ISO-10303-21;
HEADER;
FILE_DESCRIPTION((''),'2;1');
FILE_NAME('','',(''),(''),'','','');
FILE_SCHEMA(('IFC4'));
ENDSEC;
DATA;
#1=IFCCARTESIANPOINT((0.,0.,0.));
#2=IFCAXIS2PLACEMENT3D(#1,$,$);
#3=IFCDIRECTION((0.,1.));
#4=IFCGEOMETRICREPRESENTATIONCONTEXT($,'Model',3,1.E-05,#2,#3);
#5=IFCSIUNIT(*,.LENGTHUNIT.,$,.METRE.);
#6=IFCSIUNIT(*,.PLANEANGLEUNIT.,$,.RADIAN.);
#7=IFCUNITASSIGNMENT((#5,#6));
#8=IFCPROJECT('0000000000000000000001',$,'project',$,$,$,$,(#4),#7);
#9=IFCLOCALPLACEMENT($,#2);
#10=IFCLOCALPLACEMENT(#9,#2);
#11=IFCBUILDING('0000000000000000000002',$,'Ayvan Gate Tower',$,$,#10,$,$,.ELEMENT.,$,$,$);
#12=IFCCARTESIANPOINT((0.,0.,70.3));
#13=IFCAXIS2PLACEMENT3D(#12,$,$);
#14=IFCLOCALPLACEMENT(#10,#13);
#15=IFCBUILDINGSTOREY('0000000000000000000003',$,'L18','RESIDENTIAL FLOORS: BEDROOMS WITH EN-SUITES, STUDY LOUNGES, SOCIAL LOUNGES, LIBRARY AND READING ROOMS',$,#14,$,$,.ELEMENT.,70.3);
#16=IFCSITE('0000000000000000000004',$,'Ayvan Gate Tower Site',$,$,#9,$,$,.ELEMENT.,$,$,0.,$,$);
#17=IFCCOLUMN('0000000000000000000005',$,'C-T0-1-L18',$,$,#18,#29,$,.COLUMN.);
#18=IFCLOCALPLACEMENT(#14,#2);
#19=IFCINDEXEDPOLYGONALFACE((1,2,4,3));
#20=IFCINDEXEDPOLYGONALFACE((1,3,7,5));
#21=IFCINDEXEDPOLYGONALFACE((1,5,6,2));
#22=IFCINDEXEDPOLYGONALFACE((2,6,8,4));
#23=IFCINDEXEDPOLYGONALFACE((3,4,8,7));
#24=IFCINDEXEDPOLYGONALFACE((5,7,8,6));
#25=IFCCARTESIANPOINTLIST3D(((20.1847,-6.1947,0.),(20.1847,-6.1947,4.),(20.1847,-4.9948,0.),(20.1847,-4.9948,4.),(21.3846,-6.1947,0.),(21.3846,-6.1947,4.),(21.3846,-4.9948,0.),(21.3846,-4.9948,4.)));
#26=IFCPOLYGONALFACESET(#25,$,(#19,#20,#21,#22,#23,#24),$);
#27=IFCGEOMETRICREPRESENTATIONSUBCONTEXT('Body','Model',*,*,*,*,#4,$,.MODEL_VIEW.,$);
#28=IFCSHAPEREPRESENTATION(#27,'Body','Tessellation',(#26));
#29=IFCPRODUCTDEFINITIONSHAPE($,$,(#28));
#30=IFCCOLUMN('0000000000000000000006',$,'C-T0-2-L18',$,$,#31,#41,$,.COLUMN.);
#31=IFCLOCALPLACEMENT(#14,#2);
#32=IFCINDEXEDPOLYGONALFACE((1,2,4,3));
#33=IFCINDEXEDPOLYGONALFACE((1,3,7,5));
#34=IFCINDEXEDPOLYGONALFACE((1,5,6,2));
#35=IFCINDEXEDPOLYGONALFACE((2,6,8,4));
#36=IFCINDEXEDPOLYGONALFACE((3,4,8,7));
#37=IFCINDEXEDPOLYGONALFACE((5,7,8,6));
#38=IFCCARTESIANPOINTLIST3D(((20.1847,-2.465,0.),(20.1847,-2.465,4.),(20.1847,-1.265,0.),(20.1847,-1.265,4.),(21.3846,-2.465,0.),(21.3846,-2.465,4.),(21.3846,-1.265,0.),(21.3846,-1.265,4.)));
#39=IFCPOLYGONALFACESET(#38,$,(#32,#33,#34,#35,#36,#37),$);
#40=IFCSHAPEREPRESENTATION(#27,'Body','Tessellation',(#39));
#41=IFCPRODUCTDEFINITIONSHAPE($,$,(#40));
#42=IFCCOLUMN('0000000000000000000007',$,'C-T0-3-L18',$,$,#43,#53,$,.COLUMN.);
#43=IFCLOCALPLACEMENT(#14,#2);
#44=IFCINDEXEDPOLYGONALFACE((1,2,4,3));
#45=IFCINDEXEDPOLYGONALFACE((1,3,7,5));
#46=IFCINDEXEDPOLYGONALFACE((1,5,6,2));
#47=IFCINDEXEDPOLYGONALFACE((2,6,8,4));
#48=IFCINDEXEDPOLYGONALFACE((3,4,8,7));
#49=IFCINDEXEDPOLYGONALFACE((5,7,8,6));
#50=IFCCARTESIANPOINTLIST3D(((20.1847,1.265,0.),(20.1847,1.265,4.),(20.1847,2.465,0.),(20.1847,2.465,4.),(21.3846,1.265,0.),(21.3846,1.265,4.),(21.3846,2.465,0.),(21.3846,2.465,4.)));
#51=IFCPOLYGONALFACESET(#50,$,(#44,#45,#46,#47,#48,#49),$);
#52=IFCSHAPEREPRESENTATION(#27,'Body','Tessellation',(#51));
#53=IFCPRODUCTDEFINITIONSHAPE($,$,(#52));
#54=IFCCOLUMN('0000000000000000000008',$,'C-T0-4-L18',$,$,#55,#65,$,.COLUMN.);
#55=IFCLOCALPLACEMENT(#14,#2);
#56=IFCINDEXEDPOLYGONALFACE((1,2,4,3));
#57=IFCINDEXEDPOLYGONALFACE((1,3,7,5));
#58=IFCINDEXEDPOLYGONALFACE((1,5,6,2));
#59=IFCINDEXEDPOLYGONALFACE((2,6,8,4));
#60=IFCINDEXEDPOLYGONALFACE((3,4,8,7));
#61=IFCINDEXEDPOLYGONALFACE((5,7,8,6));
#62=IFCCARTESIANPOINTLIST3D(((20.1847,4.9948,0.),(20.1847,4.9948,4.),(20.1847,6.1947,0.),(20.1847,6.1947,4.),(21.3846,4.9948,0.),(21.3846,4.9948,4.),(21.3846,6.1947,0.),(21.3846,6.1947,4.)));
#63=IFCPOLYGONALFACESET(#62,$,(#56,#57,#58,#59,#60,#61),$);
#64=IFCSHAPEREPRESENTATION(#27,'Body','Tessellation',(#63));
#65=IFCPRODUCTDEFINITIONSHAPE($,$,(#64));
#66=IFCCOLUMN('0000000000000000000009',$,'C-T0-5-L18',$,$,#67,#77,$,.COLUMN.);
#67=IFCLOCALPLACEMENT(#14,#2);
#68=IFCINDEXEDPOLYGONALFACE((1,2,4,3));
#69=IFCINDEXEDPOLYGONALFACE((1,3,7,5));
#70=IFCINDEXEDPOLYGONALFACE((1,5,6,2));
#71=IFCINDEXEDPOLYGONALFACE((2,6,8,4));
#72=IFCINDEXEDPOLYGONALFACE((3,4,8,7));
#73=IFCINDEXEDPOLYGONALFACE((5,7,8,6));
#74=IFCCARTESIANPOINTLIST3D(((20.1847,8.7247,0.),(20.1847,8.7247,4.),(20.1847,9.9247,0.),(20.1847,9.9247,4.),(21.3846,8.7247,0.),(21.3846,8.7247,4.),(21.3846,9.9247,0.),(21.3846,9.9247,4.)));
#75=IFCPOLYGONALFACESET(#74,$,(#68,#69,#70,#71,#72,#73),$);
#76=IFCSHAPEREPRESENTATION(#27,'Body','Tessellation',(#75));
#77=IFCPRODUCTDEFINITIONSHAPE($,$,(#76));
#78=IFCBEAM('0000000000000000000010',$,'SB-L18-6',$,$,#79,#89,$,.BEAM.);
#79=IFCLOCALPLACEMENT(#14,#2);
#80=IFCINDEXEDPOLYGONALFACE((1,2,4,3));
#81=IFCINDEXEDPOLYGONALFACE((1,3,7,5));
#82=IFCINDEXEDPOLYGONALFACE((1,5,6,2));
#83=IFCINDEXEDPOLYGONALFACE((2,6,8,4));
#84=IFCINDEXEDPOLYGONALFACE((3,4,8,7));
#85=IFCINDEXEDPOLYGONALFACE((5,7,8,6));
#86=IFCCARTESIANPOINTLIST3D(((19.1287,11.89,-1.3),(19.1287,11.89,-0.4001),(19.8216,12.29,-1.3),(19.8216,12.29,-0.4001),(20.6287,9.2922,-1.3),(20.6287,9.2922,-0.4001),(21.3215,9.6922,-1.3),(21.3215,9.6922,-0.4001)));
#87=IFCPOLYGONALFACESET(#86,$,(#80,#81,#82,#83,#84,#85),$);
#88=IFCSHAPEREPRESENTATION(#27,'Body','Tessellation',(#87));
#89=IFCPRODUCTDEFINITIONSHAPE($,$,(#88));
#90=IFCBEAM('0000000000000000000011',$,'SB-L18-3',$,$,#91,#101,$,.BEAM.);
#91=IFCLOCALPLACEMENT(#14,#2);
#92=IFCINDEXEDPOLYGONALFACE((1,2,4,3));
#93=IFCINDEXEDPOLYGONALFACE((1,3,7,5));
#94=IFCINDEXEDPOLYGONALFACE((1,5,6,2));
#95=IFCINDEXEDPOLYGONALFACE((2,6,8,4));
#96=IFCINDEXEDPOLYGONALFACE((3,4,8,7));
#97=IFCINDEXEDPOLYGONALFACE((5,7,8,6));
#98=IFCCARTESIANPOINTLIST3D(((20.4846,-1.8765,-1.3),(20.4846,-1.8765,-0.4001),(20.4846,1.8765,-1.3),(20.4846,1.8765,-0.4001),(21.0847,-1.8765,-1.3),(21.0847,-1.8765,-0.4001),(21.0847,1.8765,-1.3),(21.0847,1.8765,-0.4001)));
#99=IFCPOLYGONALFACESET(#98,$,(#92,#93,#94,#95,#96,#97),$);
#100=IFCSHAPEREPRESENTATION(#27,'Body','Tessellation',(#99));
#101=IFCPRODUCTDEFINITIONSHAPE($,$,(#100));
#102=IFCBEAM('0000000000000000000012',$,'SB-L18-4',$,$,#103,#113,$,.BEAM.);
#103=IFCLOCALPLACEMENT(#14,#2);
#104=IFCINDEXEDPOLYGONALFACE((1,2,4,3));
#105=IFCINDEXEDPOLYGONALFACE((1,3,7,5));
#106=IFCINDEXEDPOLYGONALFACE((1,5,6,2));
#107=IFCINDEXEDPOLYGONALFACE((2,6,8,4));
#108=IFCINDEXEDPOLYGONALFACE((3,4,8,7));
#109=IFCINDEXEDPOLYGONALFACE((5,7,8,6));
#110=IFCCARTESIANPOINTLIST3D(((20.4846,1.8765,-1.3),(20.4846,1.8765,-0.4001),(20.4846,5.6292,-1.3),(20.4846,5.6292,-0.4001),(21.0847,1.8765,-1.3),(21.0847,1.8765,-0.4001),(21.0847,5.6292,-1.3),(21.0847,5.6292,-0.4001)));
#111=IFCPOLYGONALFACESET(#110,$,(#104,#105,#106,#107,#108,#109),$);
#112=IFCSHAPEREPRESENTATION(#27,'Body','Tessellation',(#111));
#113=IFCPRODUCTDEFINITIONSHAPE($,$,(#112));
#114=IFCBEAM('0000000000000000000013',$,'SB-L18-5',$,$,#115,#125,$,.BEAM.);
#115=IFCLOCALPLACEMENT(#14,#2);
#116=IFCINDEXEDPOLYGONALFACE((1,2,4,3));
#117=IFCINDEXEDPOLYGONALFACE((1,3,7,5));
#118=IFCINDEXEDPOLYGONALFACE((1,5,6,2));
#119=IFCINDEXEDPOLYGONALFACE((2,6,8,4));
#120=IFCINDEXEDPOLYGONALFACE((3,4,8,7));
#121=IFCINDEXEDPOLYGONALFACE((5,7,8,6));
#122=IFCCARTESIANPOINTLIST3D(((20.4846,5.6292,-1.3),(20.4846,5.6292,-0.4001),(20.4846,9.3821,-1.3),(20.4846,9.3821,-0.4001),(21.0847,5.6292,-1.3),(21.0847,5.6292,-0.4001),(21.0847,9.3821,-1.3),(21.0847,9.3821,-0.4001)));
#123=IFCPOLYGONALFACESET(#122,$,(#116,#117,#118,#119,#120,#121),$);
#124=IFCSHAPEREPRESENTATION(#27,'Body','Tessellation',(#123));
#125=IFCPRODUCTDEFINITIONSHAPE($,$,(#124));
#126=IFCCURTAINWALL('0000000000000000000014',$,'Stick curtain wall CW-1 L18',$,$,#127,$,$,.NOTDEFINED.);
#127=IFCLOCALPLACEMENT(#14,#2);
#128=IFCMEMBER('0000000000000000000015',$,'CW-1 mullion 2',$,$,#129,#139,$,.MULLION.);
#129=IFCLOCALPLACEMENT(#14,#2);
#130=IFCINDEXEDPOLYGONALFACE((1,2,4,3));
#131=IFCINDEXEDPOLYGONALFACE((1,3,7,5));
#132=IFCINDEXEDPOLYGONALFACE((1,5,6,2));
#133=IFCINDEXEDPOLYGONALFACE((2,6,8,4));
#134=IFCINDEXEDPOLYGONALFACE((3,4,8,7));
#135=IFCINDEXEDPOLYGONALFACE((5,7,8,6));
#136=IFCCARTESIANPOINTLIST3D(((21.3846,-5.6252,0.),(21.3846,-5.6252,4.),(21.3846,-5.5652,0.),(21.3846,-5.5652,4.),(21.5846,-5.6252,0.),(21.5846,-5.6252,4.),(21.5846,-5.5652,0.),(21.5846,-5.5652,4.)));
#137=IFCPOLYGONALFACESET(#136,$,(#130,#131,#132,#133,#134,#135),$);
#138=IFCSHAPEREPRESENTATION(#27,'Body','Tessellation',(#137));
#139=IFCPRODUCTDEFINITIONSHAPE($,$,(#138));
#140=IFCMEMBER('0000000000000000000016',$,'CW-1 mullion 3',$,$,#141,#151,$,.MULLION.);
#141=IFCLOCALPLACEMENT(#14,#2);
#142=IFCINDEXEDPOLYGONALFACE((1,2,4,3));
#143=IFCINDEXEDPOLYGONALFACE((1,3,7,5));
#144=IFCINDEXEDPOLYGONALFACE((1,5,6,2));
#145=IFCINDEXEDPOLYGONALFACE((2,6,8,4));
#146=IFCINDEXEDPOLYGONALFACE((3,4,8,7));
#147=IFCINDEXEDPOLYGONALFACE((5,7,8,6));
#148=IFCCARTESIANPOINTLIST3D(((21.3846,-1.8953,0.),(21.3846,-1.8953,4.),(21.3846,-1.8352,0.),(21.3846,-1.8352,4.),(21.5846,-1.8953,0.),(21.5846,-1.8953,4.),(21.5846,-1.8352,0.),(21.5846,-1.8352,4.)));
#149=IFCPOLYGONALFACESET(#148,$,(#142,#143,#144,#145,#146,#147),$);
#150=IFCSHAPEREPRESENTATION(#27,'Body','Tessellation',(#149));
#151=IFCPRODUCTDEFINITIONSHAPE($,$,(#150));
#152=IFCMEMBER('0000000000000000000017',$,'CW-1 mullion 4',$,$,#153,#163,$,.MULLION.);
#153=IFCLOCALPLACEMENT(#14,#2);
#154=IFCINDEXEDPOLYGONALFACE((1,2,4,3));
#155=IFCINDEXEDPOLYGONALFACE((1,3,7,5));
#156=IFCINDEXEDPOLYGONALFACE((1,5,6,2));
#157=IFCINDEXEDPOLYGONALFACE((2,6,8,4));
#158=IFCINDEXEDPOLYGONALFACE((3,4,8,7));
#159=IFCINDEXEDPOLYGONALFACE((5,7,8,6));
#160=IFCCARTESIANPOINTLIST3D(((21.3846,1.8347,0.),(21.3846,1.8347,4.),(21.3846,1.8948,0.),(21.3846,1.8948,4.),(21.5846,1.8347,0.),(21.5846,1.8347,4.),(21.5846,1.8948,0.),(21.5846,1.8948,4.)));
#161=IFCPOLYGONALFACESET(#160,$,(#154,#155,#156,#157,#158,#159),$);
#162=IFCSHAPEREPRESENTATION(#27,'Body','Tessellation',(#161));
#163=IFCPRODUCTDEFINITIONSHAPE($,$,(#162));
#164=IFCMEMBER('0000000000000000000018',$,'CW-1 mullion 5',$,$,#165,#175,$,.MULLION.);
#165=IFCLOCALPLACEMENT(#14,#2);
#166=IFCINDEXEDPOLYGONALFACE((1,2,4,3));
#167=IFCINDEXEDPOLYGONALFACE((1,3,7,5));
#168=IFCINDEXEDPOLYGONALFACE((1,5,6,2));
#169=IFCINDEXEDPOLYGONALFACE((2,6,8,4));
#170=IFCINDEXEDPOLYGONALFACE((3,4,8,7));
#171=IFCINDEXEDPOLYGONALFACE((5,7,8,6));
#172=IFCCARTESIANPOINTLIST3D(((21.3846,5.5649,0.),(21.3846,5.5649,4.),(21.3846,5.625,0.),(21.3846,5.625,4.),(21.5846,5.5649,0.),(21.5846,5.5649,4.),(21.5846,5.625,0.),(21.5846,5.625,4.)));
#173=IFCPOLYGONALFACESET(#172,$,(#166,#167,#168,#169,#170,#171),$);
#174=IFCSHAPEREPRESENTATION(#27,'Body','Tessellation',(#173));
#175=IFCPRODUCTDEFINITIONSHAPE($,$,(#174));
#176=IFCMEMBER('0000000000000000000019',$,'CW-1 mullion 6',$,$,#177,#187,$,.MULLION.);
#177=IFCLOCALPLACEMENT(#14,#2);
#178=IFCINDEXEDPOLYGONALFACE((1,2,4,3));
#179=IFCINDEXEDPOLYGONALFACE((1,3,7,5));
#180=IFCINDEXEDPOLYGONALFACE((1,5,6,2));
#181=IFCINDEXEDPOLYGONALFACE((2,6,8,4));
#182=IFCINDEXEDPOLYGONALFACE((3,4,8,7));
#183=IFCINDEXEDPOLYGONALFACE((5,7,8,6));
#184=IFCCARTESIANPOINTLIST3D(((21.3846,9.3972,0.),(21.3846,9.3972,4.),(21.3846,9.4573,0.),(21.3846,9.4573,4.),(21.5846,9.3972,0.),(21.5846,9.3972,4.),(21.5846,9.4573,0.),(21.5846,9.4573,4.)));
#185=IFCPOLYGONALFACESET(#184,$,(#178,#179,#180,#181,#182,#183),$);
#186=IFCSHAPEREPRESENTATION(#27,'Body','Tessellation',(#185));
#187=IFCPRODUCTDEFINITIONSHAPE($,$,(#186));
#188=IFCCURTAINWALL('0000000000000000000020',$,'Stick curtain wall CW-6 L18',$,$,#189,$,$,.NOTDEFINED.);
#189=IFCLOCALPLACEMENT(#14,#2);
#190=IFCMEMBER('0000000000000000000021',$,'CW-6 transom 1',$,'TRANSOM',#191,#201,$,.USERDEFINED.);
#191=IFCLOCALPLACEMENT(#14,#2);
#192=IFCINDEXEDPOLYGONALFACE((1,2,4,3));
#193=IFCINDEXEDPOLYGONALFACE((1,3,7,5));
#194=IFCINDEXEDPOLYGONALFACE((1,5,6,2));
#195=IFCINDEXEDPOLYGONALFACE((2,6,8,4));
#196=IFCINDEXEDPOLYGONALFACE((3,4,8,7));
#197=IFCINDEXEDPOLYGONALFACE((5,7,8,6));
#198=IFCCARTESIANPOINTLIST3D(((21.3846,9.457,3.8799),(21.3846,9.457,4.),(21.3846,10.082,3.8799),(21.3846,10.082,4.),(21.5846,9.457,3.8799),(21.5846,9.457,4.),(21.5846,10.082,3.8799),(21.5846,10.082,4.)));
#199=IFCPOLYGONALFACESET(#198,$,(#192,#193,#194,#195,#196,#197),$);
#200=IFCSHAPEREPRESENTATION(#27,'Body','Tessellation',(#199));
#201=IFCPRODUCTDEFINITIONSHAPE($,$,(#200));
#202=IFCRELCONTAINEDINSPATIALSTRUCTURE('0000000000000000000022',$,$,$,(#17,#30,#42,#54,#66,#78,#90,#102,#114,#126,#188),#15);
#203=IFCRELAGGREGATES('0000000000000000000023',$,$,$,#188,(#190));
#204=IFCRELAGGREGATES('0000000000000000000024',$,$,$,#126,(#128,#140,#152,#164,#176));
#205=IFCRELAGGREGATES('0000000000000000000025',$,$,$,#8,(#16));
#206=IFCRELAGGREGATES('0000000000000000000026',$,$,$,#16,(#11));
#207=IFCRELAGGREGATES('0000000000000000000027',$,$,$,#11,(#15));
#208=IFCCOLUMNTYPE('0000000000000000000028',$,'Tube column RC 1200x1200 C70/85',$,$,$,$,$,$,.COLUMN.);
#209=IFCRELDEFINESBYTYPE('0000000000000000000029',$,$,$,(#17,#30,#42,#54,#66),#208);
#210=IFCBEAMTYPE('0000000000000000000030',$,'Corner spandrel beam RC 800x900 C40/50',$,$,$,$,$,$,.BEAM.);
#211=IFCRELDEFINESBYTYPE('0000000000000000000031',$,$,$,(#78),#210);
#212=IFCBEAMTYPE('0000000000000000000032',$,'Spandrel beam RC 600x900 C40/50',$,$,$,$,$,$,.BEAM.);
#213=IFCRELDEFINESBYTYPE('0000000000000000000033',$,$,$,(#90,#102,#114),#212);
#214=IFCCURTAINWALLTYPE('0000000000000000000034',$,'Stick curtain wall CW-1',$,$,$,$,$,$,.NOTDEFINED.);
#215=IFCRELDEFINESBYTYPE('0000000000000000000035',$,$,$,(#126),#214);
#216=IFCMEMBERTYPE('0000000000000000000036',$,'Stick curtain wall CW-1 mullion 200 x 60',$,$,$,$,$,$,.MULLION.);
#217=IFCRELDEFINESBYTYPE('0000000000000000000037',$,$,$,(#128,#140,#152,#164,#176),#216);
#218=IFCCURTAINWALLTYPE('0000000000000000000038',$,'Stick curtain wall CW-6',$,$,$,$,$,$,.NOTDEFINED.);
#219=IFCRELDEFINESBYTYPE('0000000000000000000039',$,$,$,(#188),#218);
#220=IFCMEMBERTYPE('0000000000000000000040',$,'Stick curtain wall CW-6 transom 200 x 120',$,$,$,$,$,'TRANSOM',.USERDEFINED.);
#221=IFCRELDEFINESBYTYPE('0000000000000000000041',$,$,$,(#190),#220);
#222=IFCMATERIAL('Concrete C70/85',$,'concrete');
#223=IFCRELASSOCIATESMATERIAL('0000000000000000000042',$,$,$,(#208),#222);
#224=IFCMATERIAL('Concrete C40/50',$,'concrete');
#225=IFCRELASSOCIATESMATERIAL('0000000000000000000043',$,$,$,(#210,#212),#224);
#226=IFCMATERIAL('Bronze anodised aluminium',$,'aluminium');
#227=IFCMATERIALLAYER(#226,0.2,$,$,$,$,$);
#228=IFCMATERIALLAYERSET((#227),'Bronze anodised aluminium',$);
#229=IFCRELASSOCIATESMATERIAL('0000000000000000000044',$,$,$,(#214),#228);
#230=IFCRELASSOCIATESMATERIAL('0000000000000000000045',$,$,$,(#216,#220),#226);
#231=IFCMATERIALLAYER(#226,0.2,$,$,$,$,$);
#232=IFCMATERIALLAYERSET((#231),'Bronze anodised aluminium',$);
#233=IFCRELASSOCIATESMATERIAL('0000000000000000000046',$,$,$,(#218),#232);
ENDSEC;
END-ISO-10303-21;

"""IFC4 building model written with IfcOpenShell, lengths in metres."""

from ifc_helpers import new_model, si_unit, direction, frame, origin, origin_2d, place, context, subcontext, project, spatial, rectangle, extrude, material, layer, layer_set, material_profile, profile_set, type_object, element, aggregate, save


model = new_model("IFC4")

# Units and contexts
model_context = context("Model", 3, precision=1e-05, world=origin(), true_north=direction((0.0, 1.0)))
body_context = subcontext(model_context, "Body", "Model", "MODEL_VIEW")
ifc_project = project(units=[si_unit("LENGTHUNIT", "METRE"), si_unit("PLANEANGLEUNIT", "RADIAN")], contexts=[model_context])

# Site, building, storey
site_placement = place(None, origin())
site = spatial("IfcSite", under=ifc_project, at=site_placement, Name="Ayvan Gate Tower Site", CompositionType="ELEMENT", RefElevation=0.0)
building_placement = place(site_placement, origin())
building = spatial("IfcBuilding", under=site, at=building_placement, Name="Ayvan Gate Tower", CompositionType="ELEMENT")
storey_placement = place(building_placement, frame((0.0, 0.0, 70.3)))
storey = spatial("IfcBuildingStorey", under=building, at=storey_placement, Name="L18", Description="RESIDENTIAL FLOORS: BEDROOMS WITH EN-SUITES, STUDY LOUNGES, SOCIAL LOUNGES, LIBRARY AND READING ROOMS", CompositionType="ELEMENT", Elevation=70.3)

# Columns
ifc_material_1 = material(Name="Concrete C70/85", Category="concrete")
ifc_material_profile_1 = material_profile(ifc_material_1, rectangle(XDim=1.2, YDim=1.2, at=origin_2d()), Name="RC 1200x1200")
ifc_profile_set_1 = profile_set([ifc_material_profile_1], Name="Concrete C70/85")
column_type = type_object("IfcColumnType", Name="Tube column RC 1200x1200 C70/85", PredefinedType="COLUMN", material=ifc_profile_set_1)
for number, where, z_axis, x_axis, name in (
    (1, (20.7847, -5.5947, 0.0), (0.0, 0.0, 1.0), (1.0, 0.0, 0.0), "C-T0-1-L18"),
    (2, (20.7847, -1.865, 0.0), (0.0, 0.0, 1.0), (1.0, 0.0, 0.0), "C-T0-2-L18"),
    (3, (20.7847, 1.865, 0.0), (0.0, 0.0, 1.0), (1.0, 0.0, 0.0), "C-T0-3-L18"),
    (4, (20.7847, 5.5947, 0.0), (0.0, 0.0, 1.0), (1.0, 0.0, 0.0), "C-T0-4-L18"),
    (5, (20.7847, 9.3247, 0.0), (0.0, 0.0, 1.0), (1.0, 0.0, 0.0), "C-T0-5-L18"),
):
    element("IfcColumn", number, at=place(storey_placement, frame(where, z_axis=z_axis, x_axis=x_axis)), inside=storey, type_object=column_type, Name=name, PredefinedType="COLUMN", context=body_context, shape_type="SweptSolid", body=[
        extrude(rectangle(XDim=1.2, YDim=1.2, at=origin_2d()), origin(), (0.0, 0.0, 1.0), 4.0),
    ])

# Beams
ifc_material_2 = material(Name="Concrete C40/50", Category="concrete")
ifc_material_profile_2 = material_profile(ifc_material_2, rectangle(XDim=0.8, YDim=0.8999, at=origin_2d()), Name="RC 800x900")
ifc_profile_set_2 = profile_set([ifc_material_profile_2], Name="Concrete C40/50")
beam_type_1 = type_object("IfcBeamType", Name="Corner spandrel beam RC 800x900 C40/50", PredefinedType="BEAM", material=ifc_profile_set_2)
beam_1_placement = place(storey_placement, frame((20.9751, 9.4922, -0.8501), z_axis=(-0.500025, 0.866011, 0.0), x_axis=(-0.866011, -0.500025, 0.0)))
element("IfcBeam", 6, at=beam_1_placement, inside=storey, type_object=beam_type_1, Name="SB-L18-6", PredefinedType="BEAM", context=body_context, shape_type="SweptSolid", body=[
    extrude(rectangle(XDim=0.8, YDim=0.8999, at=origin_2d()), origin(), (0.0, 0.0, 1.0), 2.9998),
])
ifc_material_profile_3 = material_profile(ifc_material_2, rectangle(XDim=0.6001, YDim=0.8999, at=origin_2d()), Name="RC 600x900")
ifc_profile_set_3 = profile_set([ifc_material_profile_3], Name="Concrete C40/50")
beam_type_2 = type_object("IfcBeamType", Name="Spandrel beam RC 600x900 C40/50", PredefinedType="BEAM", material=ifc_profile_set_3)
beam_2_placement = place(storey_placement, frame((20.7847, -1.8765, -0.8501), z_axis=(0.0, 1.0, 0.0), x_axis=(-1.0, 0.0, 0.0)))
element("IfcBeam", 7, at=beam_2_placement, inside=storey, type_object=beam_type_2, Name="SB-L18-3", PredefinedType="BEAM", context=body_context, shape_type="SweptSolid", body=[
    extrude(rectangle(XDim=0.6001, YDim=0.8999, at=origin_2d()), origin(), (0.0, 0.0, 1.0), 3.7529),
])
beam_3_placement = place(storey_placement, frame((20.7847, 1.8765, -0.8501), z_axis=(0.0, 1.0, 0.0), x_axis=(-1.0, 0.0, 0.0)))
element("IfcBeam", 8, at=beam_3_placement, inside=storey, type_object=beam_type_2, Name="SB-L18-4", PredefinedType="BEAM", context=body_context, shape_type="SweptSolid", body=[
    extrude(rectangle(XDim=0.6001, YDim=0.8999, at=origin_2d()), origin(), (0.0, 0.0, 1.0), 3.7527),
])
beam_4_placement = place(storey_placement, frame((20.7847, 5.6292, -0.8501), z_axis=(0.0, 1.0, 0.0), x_axis=(-1.0, 0.0, 0.0)))
element("IfcBeam", 9, at=beam_4_placement, inside=storey, type_object=beam_type_2, Name="SB-L18-5", PredefinedType="BEAM", context=body_context, shape_type="SweptSolid", body=[
    extrude(rectangle(XDim=0.6001, YDim=0.8999, at=origin_2d()), origin(), (0.0, 0.0, 1.0), 3.7529),
])

# Curtain wall, members
ifc_material_3 = material(Name="Bronze anodised aluminium", Category="aluminium")
ifc_layer_1 = layer(ifc_material_3, 0.2)
ifc_layer_set_1 = layer_set([ifc_layer_1], Name="Bronze anodised aluminium")
curtain_wall_type_1 = type_object("IfcCurtainWallType", Name="Stick curtain wall CW-1", PredefinedType="NOTDEFINED", material=ifc_layer_set_1)
curtain_wall_1_placement = place(storey_placement, origin())
curtain_wall_1 = element("IfcCurtainWall", 10, at=curtain_wall_1_placement, inside=storey, type_object=curtain_wall_type_1, Name="Stick curtain wall CW-1 L18", PredefinedType="NOTDEFINED")
ifc_material_profile_4 = material_profile(ifc_material_3, rectangle(XDim=0.2, YDim=0.0601, at=origin_2d()), Name="Stick curtain wall CW-1 mullion 200 x 60")
ifc_profile_set_4 = profile_set([ifc_material_profile_4], Name="Bronze anodised aluminium")
member_type_1 = type_object("IfcMemberType", Name="Stick curtain wall CW-1 mullion 200 x 60", PredefinedType="MULLION", material=ifc_profile_set_4)
member_1_placement = place(storey_placement, frame((21.4846, -5.5952, 0.0), z_axis=(0.0, 0.0, 1.0), x_axis=(1.0, 0.0, 0.0)))
member_1 = element("IfcMember", 11, at=member_1_placement, type_object=member_type_1, Name="CW-1 mullion 2", PredefinedType="MULLION", context=body_context, shape_type="SweptSolid", body=[
    extrude(rectangle(XDim=0.2, YDim=0.0601, at=origin_2d()), origin(), (0.0, 0.0, 1.0), 4.0),
])
member_2_placement = place(storey_placement, frame((21.4846, -1.8652, 0.0), z_axis=(0.0, 0.0, 1.0), x_axis=(1.0, 0.0, 0.0)))
member_2 = element("IfcMember", 12, at=member_2_placement, type_object=member_type_1, Name="CW-1 mullion 3", PredefinedType="MULLION", context=body_context, shape_type="SweptSolid", body=[
    extrude(rectangle(XDim=0.2, YDim=0.0601, at=origin_2d()), origin(), (0.0, 0.0, 1.0), 4.0),
])
member_3_placement = place(storey_placement, frame((21.4846, 1.8647, 0.0), z_axis=(0.0, 0.0, 1.0), x_axis=(1.0, 0.0, 0.0)))
member_3 = element("IfcMember", 13, at=member_3_placement, type_object=member_type_1, Name="CW-1 mullion 4", PredefinedType="MULLION", context=body_context, shape_type="SweptSolid", body=[
    extrude(rectangle(XDim=0.2, YDim=0.0601, at=origin_2d()), origin(), (0.0, 0.0, 1.0), 4.0),
])
member_4_placement = place(storey_placement, frame((21.4846, 5.595, 0.0), z_axis=(0.0, 0.0, 1.0), x_axis=(1.0, 0.0, 0.0)))
member_4 = element("IfcMember", 14, at=member_4_placement, type_object=member_type_1, Name="CW-1 mullion 5", PredefinedType="MULLION", context=body_context, shape_type="SweptSolid", body=[
    extrude(rectangle(XDim=0.2, YDim=0.0601, at=origin_2d()), origin(), (0.0, 0.0, 1.0), 4.0),
])
member_5_placement = place(storey_placement, frame((21.4846, 9.4272, 0.0), z_axis=(0.0, 0.0, 1.0), x_axis=(1.0, 0.0, 0.0)))
member_5 = element("IfcMember", 15, at=member_5_placement, type_object=member_type_1, Name="CW-1 mullion 6", PredefinedType="MULLION", context=body_context, shape_type="SweptSolid", body=[
    extrude(rectangle(XDim=0.2, YDim=0.0601, at=origin_2d()), origin(), (0.0, 0.0, 1.0), 4.0),
])

# Curtain wall, member
ifc_layer_2 = layer(ifc_material_3, 0.2)
ifc_layer_set_2 = layer_set([ifc_layer_2], Name="Bronze anodised aluminium")
curtain_wall_type_2 = type_object("IfcCurtainWallType", Name="Stick curtain wall CW-6", PredefinedType="NOTDEFINED", material=ifc_layer_set_2)
curtain_wall_2_placement = place(storey_placement, origin())
curtain_wall_2 = element("IfcCurtainWall", 16, at=curtain_wall_2_placement, inside=storey, type_object=curtain_wall_type_2, Name="Stick curtain wall CW-6 L18", PredefinedType="NOTDEFINED")
ifc_material_profile_5 = material_profile(ifc_material_3, rectangle(XDim=0.2, YDim=0.1201, at=origin_2d()), Name="Stick curtain wall CW-6 transom 200 x 120")
ifc_profile_set_5 = profile_set([ifc_material_profile_5], Name="Bronze anodised aluminium")
member_type_2 = type_object("IfcMemberType", Name="Stick curtain wall CW-6 transom 200 x 120", ElementType="TRANSOM", PredefinedType="USERDEFINED", material=ifc_profile_set_5)
member_6_placement = place(storey_placement, frame((21.4846, 9.457, 3.9399), z_axis=(0.0, 1.0, 0.0), x_axis=(-1.0, 0.0, 0.0)))
member_6 = element("IfcMember", 17, at=member_6_placement, type_object=member_type_2, Name="CW-6 transom 1", ObjectType="TRANSOM", PredefinedType="USERDEFINED", context=body_context, shape_type="SweptSolid", body=[
    extrude(rectangle(XDim=0.2, YDim=0.1201, at=origin_2d()), origin(), (0.0, 0.0, 1.0), 0.625),
])
aggregate(curtain_wall_2, [member_6])

aggregate(curtain_wall_1, [member_1, member_2, member_3, member_4, member_5])

save(model, "model.ifc")
